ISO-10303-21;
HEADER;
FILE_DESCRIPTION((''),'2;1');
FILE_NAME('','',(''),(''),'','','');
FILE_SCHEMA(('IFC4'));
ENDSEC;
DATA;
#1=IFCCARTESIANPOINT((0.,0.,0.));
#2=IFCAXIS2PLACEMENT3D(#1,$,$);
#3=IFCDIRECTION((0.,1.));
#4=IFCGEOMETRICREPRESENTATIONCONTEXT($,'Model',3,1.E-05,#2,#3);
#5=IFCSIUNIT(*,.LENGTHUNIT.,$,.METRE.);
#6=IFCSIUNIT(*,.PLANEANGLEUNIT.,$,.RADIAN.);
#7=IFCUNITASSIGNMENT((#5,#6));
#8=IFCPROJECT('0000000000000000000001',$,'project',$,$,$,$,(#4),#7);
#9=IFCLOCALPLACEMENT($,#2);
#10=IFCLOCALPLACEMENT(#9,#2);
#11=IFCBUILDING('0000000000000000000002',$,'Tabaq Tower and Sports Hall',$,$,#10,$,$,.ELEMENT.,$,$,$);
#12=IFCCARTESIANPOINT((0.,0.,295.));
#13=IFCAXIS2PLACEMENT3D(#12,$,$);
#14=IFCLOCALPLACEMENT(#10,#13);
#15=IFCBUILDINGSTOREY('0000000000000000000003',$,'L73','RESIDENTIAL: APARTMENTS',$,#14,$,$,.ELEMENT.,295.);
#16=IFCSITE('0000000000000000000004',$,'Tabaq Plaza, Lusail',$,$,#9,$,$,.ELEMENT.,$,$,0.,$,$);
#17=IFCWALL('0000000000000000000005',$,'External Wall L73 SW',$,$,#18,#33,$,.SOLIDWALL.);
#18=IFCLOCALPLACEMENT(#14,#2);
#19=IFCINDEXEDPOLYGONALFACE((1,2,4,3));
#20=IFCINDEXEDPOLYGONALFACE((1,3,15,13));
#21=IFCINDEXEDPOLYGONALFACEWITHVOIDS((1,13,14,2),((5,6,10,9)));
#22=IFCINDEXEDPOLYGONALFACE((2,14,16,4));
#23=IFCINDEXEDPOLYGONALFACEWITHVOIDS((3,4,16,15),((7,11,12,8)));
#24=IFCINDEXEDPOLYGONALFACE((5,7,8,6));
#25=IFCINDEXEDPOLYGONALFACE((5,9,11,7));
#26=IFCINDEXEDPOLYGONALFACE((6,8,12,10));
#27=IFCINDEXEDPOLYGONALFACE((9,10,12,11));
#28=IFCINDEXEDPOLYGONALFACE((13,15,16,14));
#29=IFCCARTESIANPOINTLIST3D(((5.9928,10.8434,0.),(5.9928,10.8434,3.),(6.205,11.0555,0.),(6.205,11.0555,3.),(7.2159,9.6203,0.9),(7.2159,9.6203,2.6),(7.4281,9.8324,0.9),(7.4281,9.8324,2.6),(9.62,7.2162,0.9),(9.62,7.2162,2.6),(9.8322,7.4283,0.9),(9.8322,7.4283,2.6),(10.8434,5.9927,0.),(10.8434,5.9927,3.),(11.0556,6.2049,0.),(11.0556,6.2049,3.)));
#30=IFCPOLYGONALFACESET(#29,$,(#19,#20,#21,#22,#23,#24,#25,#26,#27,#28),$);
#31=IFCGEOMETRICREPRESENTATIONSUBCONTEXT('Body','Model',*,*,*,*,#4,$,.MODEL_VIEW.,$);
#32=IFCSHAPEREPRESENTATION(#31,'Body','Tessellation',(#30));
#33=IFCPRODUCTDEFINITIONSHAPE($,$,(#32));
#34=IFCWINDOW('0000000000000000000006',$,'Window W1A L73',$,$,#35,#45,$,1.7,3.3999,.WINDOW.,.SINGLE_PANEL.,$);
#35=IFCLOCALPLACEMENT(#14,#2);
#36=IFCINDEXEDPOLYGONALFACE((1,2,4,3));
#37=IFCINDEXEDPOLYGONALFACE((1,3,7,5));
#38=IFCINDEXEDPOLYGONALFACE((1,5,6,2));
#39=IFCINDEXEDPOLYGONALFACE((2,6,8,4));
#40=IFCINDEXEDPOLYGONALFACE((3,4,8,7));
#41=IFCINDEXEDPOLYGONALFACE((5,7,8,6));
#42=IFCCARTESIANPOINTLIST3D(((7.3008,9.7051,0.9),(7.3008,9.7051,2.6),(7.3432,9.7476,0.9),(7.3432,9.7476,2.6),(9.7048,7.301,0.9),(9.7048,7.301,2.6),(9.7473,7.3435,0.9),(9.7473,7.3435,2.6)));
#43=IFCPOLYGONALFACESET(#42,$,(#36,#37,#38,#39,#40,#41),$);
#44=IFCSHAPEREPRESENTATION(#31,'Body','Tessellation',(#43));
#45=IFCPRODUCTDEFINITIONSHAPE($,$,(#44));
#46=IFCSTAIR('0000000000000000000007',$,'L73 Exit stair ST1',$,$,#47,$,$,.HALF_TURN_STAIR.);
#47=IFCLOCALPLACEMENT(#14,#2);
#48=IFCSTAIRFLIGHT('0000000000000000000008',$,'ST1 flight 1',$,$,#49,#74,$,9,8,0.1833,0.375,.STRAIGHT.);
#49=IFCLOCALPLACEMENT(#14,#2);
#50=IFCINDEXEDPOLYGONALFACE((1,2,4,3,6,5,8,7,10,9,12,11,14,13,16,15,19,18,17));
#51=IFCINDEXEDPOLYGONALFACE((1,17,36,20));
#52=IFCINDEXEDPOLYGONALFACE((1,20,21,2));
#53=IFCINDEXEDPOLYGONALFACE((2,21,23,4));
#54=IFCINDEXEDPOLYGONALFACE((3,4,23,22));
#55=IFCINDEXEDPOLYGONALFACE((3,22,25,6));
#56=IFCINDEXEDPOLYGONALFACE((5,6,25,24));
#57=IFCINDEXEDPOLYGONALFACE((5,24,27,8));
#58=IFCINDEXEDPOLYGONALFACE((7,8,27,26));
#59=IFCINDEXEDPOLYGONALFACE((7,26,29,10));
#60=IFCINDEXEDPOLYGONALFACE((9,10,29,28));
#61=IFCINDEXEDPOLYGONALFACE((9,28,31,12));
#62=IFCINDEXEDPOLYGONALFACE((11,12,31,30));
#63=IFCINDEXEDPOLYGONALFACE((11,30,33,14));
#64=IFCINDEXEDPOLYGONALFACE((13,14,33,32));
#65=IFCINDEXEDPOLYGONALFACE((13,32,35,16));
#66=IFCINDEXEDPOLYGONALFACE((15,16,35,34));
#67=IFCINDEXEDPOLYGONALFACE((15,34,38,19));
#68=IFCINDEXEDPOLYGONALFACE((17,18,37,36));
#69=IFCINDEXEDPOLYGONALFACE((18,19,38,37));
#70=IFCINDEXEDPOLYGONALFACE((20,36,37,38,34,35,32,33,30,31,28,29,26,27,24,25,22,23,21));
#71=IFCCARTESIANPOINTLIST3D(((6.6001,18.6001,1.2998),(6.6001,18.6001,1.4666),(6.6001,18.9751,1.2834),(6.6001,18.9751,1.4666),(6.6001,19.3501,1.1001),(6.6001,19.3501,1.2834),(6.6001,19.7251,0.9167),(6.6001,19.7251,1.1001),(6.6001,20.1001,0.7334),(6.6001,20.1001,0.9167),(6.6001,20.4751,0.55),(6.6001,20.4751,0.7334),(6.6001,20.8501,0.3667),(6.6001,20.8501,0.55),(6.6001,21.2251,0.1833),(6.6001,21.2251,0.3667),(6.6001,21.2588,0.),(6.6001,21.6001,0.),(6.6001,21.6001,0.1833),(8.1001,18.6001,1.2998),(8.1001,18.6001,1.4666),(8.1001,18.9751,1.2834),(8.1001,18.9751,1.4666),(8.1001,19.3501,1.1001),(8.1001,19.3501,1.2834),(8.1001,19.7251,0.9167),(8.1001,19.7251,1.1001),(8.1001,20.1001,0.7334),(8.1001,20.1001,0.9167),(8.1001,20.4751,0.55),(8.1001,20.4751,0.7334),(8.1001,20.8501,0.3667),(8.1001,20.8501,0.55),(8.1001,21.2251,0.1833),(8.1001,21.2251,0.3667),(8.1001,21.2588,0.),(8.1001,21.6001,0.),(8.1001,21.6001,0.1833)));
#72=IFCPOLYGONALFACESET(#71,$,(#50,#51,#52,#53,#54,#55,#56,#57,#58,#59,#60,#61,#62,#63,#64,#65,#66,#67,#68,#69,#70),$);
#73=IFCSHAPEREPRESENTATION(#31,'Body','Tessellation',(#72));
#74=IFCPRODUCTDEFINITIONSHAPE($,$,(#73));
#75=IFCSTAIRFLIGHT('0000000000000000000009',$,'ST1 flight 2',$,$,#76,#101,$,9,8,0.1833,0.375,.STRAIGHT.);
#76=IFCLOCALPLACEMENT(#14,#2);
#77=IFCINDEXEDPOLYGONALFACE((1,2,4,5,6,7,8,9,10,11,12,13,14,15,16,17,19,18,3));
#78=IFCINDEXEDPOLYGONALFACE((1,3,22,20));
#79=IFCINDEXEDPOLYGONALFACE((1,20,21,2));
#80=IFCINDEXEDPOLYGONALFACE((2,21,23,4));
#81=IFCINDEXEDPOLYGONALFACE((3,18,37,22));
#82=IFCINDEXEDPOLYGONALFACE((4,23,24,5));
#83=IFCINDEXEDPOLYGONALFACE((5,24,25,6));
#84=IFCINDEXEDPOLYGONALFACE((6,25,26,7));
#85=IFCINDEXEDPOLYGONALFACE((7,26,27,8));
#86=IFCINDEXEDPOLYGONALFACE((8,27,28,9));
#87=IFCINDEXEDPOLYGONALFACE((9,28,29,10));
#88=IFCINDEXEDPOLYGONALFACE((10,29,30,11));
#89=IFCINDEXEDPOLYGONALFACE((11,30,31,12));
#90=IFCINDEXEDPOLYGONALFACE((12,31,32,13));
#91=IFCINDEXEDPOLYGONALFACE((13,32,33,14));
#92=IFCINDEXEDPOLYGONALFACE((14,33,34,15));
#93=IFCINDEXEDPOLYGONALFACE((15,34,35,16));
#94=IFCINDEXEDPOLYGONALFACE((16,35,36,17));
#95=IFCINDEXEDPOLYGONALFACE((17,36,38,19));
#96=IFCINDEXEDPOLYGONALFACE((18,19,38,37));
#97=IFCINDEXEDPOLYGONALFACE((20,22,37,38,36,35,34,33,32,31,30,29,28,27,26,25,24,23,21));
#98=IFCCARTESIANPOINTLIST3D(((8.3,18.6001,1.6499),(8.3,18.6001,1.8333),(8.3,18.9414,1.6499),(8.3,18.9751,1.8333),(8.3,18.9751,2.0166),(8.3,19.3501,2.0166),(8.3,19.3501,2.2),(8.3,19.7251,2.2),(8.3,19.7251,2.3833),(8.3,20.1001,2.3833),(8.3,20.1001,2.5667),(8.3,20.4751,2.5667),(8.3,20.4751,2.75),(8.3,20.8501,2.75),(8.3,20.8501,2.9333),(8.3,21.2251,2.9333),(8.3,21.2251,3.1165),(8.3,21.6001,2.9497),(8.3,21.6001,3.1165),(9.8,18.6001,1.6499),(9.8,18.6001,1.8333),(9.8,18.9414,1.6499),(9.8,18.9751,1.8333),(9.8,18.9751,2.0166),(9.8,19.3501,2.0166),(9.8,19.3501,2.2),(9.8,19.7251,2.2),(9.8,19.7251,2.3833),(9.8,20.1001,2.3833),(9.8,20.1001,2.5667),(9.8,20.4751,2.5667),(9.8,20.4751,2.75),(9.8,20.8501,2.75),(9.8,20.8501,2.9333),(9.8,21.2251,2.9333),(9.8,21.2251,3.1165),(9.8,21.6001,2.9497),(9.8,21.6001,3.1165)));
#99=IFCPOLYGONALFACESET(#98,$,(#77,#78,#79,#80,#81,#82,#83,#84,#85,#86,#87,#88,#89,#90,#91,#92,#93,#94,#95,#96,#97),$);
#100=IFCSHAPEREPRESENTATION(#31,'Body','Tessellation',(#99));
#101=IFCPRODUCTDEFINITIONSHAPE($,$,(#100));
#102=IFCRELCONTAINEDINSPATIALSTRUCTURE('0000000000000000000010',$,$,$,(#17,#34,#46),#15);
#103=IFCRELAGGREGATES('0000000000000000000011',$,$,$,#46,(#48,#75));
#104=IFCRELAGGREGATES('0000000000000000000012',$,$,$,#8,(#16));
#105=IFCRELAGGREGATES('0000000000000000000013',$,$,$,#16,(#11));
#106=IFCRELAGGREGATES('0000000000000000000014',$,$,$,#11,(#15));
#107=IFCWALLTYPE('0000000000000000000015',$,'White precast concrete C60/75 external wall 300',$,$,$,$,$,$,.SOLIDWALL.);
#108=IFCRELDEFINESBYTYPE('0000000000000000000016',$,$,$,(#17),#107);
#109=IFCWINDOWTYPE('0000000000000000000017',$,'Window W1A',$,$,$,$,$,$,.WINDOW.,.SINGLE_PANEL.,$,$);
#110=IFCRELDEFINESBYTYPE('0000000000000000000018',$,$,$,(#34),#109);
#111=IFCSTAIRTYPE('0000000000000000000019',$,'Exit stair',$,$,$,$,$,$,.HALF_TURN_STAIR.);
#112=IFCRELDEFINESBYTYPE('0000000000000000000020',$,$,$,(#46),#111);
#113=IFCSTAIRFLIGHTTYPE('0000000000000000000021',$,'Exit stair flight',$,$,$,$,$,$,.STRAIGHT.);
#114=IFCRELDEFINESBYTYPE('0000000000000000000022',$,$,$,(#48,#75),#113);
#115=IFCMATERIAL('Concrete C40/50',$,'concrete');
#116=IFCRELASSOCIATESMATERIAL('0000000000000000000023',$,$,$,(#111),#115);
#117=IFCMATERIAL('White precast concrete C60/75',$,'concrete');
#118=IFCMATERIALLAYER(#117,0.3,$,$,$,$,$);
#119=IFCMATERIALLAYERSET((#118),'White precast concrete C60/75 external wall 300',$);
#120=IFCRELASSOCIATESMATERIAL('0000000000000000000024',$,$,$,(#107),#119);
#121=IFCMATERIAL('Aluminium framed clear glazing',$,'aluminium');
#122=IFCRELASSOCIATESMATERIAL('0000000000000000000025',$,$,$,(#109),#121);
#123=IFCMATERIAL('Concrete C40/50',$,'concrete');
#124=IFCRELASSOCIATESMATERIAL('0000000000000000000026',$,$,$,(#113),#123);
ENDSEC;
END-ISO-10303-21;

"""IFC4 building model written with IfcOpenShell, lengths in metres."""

from ifc_helpers import new_model, si_unit, direction, frame, frame_2d, origin, place, context, subcontext, project, spatial, polyline, rectangle, outline, extrude, material, layer, layer_set, type_object, element, fill, aggregate, save


model = new_model("IFC4")

# Units and contexts
model_context = context("Model", 3, precision=1e-05, world=origin(), true_north=direction((0.0, 1.0)))
body_context = subcontext(model_context, "Body", "Model", "MODEL_VIEW")
ifc_project = project(units=[si_unit("LENGTHUNIT", "METRE"), si_unit("PLANEANGLEUNIT", "RADIAN")], contexts=[model_context])

# Site, building, storey
site_placement = place(None, origin())
site = spatial("IfcSite", under=ifc_project, at=site_placement, Name="Tabaq Plaza, Lusail", CompositionType="ELEMENT", RefElevation=0.0)
building_placement = place(site_placement, origin())
building = spatial("IfcBuilding", under=site, at=building_placement, Name="Tabaq Tower and Sports Hall", CompositionType="ELEMENT")
storey_placement = place(building_placement, frame((0.0, 0.0, 295.0)))
storey = spatial("IfcBuildingStorey", under=building, at=storey_placement, Name="L73", Description="RESIDENTIAL: APARTMENTS", CompositionType="ELEMENT", Elevation=295.0)

# Shared definitions
ifc_material_1 = material(Name="Concrete C40/50", Category="concrete")
stair_type = type_object("IfcStairType", Name="Exit stair", PredefinedType="HALF_TURN_STAIR", material=ifc_material_1)

# Shared definitions
ifc_material_2 = material(Name="White precast concrete C60/75", Category="concrete")
ifc_layer_1 = layer(ifc_material_2, 0.3)
ifc_layer_set_1 = layer_set([ifc_layer_1], Name="White precast concrete C60/75 external wall 300")
wall_type_1 = type_object("IfcWallType", Name="White precast concrete C60/75 external wall 300", PredefinedType="SOLIDWALL", material=ifc_layer_set_1)

# Wall, opening, window
wall_1_placement = place(storey_placement, frame((6.0989, 10.9495, 0.0), z_axis=(0.0, 0.0, 1.0), x_axis=(0.707107, -0.707107, 0.0)))
wall_1 = element("IfcWall", 1, at=wall_1_placement, inside=storey, type_object=wall_type_1, Name="External Wall L73 SW", PredefinedType="SOLIDWALL", context=body_context, shape_type="SweptSolid", body=[
    extrude(rectangle(XDim=6.8599, YDim=0.3, at=frame_2d((3.4299, 0.0))), origin(), (0.0, 0.0, 1.0), 3.0),
])
opening_1_placement = place(wall_1_placement, frame((1.7297, 0.0, 0.8999)))
opening_1 = element("IfcOpeningElement", 2, at=opening_1_placement, cuts=wall_1, PredefinedType="OPENING", context=body_context, shape_type="SweptSolid", body=[
    extrude(rectangle(XDim=3.3999, YDim=1.7, at=frame_2d((1.7, 0.8501))), frame((0.0, 0.1602, 0.0), z_axis=(0.0, -1.0, 0.0), x_axis=(1.0, 0.0, 0.0)), (0.0, 0.0, 1.0), 0.3201),
])
ifc_material_3 = material(Name="Aluminium framed clear glazing", Category="aluminium")
window_type_1 = type_object("IfcWindowType", Name="Window W1A", PartitioningType="SINGLE_PANEL", PredefinedType="WINDOW", material=ifc_material_3)
window_1_placement = place(opening_1_placement, origin())
window_1 = element("IfcWindow", 3, at=window_1_placement, inside=storey, type_object=window_type_1, Name="Window W1A L73", OverallHeight=1.7, OverallWidth=3.3999, PartitioningType="SINGLE_PANEL", PredefinedType="WINDOW", context=body_context, shape_type="SweptSolid", body=[
    extrude(rectangle(XDim=3.3999, YDim=1.7, at=frame_2d((1.7, 0.8501))), frame((0.0, 0.03, 0.0), z_axis=(0.0, -1.0, 0.0), x_axis=(1.0, 0.0, 0.0)), (0.0, 0.0, 1.0), 0.0601),
])
fill(opening_1, window_1)

# Stair, stair flights
stair_1_placement = place(storey_placement, origin())
stair_1 = element("IfcStair", 4, at=stair_1_placement, inside=storey, type_object=stair_type, Name="L73 Exit stair ST1", PredefinedType="HALF_TURN_STAIR")
ifc_material_4 = material(Name="Concrete C40/50", Category="concrete")
stair_flight_type = type_object("IfcStairFlightType", Name="Exit stair flight", PredefinedType="STRAIGHT", material=ifc_material_4)
stair_flight_1_placement = place(storey_placement, frame((7.3501, 21.6001, 0.0), z_axis=(0.0, 0.0, 1.0), x_axis=(0.0, -1.0, 0.0)))
stair_flight_1 = element("IfcStairFlight", 5, at=stair_flight_1_placement, type_object=stair_flight_type, Name="ST1 flight 1", NumberOfRisers=9, NumberOfTreads=8, PredefinedType="STRAIGHT", RiserHeight=0.1833, TreadLength=0.375, context=body_context, shape_type="SweptSolid", body=[
    extrude(outline(polyline([(0.0, 0.0), (0.0, 0.1833), (0.375, 0.1833), (0.375, 0.3667), (0.75, 0.3667), (0.75, 0.55), (1.125, 0.55), (1.125, 0.7334), (1.5, 0.7334), (1.5, 0.9167), (1.875, 0.9167), (1.875, 1.1001), (2.25, 1.1001), (2.25, 1.2834), (2.625, 1.2834), (2.625, 1.4666), (3.0, 1.4666), (3.0, 1.6499), (3.0, 1.2998), (0.3413, 0.0), (0.0, 0.0)])), frame((0.0, 0.75, 0.0), z_axis=(0.0, -1.0, 0.0), x_axis=(1.0, 0.0, 0.0)), (0.0, 0.0, 1.0), 1.5),
])
stair_flight_2_placement = place(storey_placement, frame((9.05, 18.6001, 1.6499), z_axis=(0.0, 0.0, 1.0), x_axis=(0.0, 1.0, 0.0)))
stair_flight_2 = element("IfcStairFlight", 6, at=stair_flight_2_placement, type_object=stair_flight_type, Name="ST1 flight 2", NumberOfRisers=9, NumberOfTreads=8, PredefinedType="STRAIGHT", RiserHeight=0.1833, TreadLength=0.375, context=body_context, shape_type="SweptSolid", body=[
    extrude(outline(polyline([(0.0, 0.0), (0.0, 0.1833), (0.375, 0.1833), (0.375, 0.3667), (0.75, 0.3667), (0.75, 0.55), (1.125, 0.55), (1.125, 0.7334), (1.5, 0.7334), (1.5, 0.9167), (1.875, 0.9167), (1.875, 1.1001), (2.25, 1.1001), (2.25, 1.2834), (2.625, 1.2834), (2.625, 1.4666), (3.0, 1.4666), (3.0, 1.6499), (3.0, 1.2998), (0.3413, 0.0), (0.0, 0.0)])), frame((0.0, 0.75, 0.0), z_axis=(0.0, -1.0, 0.0), x_axis=(1.0, 0.0, 0.0)), (0.0, 0.0, 1.0), 1.5),
])
aggregate(stair_1, [stair_flight_1, stair_flight_2])

save(model, "model.ifc")
